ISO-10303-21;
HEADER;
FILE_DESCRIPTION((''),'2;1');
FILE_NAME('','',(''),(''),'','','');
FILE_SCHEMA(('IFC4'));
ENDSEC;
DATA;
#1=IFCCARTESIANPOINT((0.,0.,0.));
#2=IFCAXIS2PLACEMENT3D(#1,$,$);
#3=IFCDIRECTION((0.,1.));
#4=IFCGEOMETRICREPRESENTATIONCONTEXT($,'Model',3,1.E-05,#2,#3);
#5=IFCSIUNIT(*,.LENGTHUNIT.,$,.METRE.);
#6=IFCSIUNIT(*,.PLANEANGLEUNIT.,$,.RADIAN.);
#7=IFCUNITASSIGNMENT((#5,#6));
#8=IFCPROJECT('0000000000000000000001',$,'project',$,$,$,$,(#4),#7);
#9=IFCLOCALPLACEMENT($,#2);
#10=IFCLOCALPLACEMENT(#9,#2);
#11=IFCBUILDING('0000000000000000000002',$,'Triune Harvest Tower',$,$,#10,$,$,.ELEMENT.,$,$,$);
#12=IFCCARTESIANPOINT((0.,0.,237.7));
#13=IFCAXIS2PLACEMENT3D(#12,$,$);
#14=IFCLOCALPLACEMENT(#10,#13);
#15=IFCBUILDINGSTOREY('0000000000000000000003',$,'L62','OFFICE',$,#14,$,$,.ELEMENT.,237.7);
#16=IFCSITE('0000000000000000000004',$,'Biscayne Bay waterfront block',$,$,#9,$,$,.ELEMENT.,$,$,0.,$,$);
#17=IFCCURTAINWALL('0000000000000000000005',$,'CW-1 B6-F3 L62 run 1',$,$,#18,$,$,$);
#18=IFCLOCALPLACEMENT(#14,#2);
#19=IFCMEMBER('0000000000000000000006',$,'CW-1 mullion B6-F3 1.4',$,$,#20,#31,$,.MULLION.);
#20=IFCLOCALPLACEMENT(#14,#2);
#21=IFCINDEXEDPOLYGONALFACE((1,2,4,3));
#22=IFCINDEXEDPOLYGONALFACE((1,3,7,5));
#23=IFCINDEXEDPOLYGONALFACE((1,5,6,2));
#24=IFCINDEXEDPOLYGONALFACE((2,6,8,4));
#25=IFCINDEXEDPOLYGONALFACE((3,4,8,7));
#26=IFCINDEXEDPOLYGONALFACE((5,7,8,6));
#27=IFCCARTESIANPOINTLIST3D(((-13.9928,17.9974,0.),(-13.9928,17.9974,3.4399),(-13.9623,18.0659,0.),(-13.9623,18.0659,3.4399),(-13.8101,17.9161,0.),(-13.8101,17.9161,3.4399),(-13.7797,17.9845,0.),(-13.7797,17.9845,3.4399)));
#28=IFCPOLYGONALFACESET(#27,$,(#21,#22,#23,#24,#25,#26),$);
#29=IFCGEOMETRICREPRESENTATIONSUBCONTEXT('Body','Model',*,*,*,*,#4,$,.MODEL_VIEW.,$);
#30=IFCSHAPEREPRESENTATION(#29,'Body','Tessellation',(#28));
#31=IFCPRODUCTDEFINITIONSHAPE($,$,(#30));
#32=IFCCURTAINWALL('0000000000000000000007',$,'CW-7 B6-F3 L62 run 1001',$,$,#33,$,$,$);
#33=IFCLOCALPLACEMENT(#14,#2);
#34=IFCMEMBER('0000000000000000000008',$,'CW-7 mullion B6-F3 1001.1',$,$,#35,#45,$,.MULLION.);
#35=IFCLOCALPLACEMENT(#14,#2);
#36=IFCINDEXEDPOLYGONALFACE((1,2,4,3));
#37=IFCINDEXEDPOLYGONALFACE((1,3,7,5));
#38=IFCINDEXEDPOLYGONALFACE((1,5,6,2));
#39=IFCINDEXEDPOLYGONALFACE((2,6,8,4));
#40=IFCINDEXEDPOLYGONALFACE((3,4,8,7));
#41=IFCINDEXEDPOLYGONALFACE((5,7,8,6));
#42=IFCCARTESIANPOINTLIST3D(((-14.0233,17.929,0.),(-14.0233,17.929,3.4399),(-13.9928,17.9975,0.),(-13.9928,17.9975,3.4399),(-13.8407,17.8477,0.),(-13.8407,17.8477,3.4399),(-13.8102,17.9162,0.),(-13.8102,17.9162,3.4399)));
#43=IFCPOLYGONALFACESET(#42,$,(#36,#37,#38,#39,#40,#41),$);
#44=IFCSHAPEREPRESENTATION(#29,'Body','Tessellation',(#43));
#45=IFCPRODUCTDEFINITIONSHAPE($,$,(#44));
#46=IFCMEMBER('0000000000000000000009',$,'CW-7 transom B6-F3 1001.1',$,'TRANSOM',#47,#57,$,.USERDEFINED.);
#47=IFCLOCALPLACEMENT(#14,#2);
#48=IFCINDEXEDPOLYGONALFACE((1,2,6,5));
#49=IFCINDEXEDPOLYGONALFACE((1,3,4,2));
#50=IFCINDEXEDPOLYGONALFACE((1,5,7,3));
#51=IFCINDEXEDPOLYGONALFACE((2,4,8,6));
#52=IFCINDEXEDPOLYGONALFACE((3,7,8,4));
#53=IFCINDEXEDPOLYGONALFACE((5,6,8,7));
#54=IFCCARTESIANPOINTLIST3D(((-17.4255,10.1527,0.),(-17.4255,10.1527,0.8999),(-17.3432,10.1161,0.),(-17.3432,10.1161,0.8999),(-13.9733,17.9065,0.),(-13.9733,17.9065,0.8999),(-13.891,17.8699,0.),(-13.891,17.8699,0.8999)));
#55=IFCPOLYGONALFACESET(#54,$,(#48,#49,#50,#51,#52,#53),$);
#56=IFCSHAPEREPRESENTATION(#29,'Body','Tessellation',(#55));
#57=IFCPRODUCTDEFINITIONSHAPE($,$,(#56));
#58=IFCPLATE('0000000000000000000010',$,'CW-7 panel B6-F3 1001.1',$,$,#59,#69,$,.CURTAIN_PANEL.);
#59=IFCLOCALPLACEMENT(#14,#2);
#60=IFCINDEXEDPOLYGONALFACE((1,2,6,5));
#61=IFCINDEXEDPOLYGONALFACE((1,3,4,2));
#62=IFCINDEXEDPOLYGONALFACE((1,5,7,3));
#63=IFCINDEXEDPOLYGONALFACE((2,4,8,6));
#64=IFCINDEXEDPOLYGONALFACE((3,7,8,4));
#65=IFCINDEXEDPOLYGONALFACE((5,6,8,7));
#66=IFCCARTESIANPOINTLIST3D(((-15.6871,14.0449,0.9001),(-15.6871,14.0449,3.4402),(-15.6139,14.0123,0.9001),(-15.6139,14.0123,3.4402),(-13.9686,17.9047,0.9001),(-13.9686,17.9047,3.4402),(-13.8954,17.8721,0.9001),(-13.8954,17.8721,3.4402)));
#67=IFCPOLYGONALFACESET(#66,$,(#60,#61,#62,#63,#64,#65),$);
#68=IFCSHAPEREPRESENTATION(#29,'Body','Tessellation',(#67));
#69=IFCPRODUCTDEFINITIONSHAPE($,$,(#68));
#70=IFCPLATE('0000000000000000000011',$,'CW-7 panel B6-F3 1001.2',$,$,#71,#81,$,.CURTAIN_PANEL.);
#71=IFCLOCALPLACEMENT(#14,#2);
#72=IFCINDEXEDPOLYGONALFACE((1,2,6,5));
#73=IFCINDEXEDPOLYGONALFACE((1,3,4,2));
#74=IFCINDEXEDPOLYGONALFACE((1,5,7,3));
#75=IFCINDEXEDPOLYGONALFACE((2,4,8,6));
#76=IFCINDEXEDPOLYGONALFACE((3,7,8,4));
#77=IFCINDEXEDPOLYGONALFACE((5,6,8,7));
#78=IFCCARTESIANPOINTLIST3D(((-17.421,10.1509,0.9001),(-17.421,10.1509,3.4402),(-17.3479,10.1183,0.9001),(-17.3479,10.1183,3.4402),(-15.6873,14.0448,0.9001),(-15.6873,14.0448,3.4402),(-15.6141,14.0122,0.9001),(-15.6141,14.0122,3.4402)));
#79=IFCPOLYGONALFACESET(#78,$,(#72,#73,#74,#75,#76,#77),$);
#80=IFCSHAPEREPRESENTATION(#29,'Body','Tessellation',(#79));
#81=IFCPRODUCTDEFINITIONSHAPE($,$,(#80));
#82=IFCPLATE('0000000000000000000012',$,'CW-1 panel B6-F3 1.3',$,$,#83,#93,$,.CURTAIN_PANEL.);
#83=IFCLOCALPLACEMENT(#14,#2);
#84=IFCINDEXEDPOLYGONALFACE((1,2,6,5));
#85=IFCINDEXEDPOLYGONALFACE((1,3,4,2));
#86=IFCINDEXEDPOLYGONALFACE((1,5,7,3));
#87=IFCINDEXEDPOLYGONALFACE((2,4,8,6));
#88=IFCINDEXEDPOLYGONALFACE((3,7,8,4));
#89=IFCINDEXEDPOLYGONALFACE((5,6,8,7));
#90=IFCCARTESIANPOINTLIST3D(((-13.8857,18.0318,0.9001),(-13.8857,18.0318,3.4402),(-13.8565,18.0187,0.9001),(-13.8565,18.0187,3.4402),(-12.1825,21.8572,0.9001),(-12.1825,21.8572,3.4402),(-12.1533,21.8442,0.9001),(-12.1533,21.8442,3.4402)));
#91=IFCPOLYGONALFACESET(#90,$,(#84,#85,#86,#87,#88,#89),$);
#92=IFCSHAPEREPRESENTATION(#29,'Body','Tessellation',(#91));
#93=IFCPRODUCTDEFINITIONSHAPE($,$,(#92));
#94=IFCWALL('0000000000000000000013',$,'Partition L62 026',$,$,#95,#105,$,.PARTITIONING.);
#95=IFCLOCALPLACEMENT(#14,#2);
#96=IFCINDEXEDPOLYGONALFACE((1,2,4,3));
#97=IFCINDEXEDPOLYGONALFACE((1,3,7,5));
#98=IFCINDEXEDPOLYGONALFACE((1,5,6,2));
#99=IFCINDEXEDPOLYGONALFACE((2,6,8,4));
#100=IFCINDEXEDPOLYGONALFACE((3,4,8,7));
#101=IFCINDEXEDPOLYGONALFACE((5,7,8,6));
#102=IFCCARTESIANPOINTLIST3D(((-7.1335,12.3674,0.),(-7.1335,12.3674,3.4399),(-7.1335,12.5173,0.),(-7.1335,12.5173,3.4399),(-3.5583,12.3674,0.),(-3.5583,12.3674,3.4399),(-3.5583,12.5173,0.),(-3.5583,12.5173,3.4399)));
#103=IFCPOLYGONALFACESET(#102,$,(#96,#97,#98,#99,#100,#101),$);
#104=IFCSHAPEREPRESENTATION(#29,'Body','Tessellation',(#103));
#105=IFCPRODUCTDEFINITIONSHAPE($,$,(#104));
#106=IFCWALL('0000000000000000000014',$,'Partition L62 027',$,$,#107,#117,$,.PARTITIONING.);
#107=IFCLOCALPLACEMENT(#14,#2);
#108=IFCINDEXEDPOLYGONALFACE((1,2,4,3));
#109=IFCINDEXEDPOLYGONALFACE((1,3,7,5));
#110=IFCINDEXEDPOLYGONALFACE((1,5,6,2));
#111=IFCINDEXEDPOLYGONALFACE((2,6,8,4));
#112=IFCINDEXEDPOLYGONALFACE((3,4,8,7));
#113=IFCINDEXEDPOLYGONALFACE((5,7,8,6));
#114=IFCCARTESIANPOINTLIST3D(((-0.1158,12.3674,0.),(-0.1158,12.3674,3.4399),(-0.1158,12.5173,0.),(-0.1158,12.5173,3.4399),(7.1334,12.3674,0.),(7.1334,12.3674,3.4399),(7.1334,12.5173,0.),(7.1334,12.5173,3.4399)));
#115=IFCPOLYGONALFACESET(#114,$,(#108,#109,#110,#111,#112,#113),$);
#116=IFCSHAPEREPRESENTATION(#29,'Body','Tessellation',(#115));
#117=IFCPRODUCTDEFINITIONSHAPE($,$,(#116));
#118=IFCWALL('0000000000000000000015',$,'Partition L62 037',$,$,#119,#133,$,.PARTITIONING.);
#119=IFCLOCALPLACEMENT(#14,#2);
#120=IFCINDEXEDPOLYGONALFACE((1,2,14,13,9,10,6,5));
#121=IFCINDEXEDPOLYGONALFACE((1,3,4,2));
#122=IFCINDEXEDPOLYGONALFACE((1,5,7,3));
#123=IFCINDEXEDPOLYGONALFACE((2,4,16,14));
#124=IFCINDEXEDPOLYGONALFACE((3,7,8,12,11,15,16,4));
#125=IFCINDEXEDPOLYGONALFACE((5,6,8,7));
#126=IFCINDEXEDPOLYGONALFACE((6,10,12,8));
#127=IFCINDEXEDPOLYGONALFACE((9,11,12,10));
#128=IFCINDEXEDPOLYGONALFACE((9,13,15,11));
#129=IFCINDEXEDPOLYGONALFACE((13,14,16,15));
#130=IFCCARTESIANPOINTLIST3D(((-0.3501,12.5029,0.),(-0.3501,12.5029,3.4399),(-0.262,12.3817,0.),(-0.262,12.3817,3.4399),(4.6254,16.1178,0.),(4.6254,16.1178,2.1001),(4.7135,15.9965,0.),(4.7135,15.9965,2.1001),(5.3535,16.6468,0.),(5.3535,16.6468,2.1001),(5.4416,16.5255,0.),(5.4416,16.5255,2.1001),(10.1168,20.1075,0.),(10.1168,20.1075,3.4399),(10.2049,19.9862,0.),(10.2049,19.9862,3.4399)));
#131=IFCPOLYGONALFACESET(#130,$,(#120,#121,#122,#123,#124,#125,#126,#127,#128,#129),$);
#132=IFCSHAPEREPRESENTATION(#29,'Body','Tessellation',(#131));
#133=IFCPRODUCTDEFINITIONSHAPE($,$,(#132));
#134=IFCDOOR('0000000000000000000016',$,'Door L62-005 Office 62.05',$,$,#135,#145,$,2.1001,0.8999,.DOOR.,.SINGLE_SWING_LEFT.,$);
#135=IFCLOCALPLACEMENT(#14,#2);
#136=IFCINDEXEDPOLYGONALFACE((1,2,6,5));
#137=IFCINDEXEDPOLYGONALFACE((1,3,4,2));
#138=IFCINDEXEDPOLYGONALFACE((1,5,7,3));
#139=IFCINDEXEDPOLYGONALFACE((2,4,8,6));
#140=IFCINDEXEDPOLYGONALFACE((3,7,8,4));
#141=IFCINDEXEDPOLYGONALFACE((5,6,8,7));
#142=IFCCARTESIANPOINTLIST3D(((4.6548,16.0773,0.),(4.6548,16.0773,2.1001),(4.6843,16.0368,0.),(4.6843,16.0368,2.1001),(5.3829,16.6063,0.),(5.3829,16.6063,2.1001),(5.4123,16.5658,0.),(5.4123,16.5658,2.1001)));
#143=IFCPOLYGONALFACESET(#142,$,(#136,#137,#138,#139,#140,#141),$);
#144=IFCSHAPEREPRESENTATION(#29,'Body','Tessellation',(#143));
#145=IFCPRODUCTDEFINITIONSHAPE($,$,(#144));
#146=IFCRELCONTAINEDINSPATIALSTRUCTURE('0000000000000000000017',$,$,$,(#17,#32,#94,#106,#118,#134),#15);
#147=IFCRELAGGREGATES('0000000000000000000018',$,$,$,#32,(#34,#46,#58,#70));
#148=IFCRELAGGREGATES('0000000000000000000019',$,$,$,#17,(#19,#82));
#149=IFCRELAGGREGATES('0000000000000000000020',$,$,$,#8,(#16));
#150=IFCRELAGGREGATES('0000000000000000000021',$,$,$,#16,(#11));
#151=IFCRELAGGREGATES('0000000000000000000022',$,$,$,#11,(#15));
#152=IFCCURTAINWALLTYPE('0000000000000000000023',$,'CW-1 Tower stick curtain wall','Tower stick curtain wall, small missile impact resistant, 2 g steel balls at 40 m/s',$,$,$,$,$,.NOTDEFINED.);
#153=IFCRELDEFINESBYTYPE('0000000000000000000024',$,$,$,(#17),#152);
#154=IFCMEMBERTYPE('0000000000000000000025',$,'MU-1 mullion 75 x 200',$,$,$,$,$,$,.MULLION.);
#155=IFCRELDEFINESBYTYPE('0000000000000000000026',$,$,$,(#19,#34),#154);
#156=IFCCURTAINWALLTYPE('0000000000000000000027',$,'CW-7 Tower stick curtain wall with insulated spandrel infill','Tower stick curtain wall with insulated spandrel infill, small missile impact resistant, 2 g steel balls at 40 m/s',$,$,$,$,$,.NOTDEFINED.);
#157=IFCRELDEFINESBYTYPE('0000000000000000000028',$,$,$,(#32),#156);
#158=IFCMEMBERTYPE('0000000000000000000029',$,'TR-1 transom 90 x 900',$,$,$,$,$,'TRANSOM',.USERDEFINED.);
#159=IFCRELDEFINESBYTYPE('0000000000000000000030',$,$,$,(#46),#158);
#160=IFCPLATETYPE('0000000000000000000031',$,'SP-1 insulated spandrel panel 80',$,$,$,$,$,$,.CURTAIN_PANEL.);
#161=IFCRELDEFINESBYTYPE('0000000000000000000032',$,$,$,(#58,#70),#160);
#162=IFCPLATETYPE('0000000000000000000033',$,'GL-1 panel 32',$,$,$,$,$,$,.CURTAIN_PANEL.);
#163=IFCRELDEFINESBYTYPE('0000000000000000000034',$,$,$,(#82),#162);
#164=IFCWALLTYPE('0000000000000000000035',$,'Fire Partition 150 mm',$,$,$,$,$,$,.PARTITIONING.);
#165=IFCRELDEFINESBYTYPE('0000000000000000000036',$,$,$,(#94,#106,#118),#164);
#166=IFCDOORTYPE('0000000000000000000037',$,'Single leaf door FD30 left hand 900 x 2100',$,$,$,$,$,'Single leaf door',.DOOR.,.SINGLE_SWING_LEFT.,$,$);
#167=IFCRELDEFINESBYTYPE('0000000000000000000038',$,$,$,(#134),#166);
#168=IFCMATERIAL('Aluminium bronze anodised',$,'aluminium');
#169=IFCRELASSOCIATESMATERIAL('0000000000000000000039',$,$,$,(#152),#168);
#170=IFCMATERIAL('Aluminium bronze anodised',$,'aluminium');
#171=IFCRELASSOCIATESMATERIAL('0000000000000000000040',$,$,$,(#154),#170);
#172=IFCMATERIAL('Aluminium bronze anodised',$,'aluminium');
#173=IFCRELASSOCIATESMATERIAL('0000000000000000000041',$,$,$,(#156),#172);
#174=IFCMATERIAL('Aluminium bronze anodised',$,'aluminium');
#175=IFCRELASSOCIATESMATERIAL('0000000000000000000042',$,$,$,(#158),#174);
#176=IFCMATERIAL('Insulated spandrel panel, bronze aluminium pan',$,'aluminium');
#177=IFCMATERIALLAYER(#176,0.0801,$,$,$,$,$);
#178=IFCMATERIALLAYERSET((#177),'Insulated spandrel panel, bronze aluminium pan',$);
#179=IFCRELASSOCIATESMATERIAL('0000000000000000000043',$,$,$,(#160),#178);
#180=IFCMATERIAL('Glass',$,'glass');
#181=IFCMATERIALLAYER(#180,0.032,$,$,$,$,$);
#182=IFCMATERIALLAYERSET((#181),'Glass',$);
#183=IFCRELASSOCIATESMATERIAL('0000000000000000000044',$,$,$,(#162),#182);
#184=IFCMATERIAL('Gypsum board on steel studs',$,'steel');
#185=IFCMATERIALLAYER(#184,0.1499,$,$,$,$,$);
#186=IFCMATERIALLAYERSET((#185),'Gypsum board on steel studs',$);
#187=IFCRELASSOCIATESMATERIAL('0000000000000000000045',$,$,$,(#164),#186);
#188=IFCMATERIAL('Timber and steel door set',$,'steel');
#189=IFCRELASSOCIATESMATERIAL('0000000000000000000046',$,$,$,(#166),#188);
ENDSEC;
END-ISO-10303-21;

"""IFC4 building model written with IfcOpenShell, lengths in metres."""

from ifc_helpers import new_model, si_unit, direction, frame, frame_2d, origin, origin_2d, place, context, subcontext, project, spatial, rectangle, extrude, source, transform, mapped, material, layer, layer_set, material_profile, profile_set, type_object, element, fill, aggregate, save


model = new_model("IFC4")

# Units and contexts
model_context = context("Model", 3, precision=1e-05, world=origin(), true_north=direction((0.0, 1.0)))
body_context = subcontext(model_context, "Body", "Model", "MODEL_VIEW")
ifc_project = project(units=[si_unit("LENGTHUNIT", "METRE"), si_unit("PLANEANGLEUNIT", "RADIAN")], contexts=[model_context])

# Site, building, storey
site_placement = place(None, origin())
site = spatial("IfcSite", under=ifc_project, at=site_placement, Name="Biscayne Bay waterfront block", CompositionType="ELEMENT", RefElevation=0.0)
building_placement = place(site_placement, origin())
building = spatial("IfcBuilding", under=site, at=building_placement, Name="Triune Harvest Tower", CompositionType="ELEMENT")
storey_placement = place(building_placement, frame((0.0, 0.0, 237.7)))
storey = spatial("IfcBuildingStorey", under=building, at=storey_placement, Name="L62", Description="OFFICE", CompositionType="ELEMENT", Elevation=237.7)

# Curtain wall, member
ifc_material_1 = material(Name="Aluminium bronze anodised", Category="aluminium")
curtain_wall_type_1 = type_object("IfcCurtainWallType", Name="CW-1 Tower stick curtain wall", Description="Tower stick curtain wall, small missile impact resistant, 2 g steel balls at 40 m/s", PredefinedType="NOTDEFINED", material=ifc_material_1)
curtain_wall_1_placement = place(storey_placement, origin())
curtain_wall_1 = element("IfcCurtainWall", 1, at=curtain_wall_1_placement, inside=storey, type_object=curtain_wall_type_1, Name="CW-1 B6-F3 L62 run 1")
ifc_material_2 = material(Name="Aluminium bronze anodised", Category="aluminium")
ifc_material_profile_1 = material_profile(ifc_material_2, rectangle(XDim=0.2, YDim=0.075, at=origin_2d()), Name="MU-1 mullion 75 x 200")
ifc_profile_set_1 = profile_set([ifc_material_profile_1], Name="Aluminium bronze anodised")
member_type_1 = type_object("IfcMemberType", Name="MU-1 mullion 75 x 200", PredefinedType="MULLION", material=ifc_profile_set_1)
shared_shape_1 = source(origin(), body_context, "Body", "SweptSolid", [
    extrude(rectangle(XDim=0.2, YDim=0.075, at=origin_2d()), origin(), (0.0, 0.0, 1.0), 3.4399),
])
member_1_placement = place(storey_placement, frame((-13.8862, 17.991, 0.0), z_axis=(0.0, 0.0, 1.0), x_axis=(0.913546, -0.406735, 0.0)))
member_1 = element("IfcMember", 2, at=member_1_placement, type_object=member_type_1, Name="CW-1 mullion B6-F3 1.4", PredefinedType="MULLION", context=body_context, shape_type="MappedRepresentation", body=[
    mapped(shared_shape_1, transform((0.0, 0.0, 0.0), scale=1.0)),
])

# Curtain wall, members, plates
ifc_material_3 = material(Name="Aluminium bronze anodised", Category="aluminium")
curtain_wall_type_2 = type_object("IfcCurtainWallType", Name="CW-7 Tower stick curtain wall with insulated spandrel infill", Description="Tower stick curtain wall with insulated spandrel infill, small missile impact resistant, 2 g steel balls at 40 m/s", PredefinedType="NOTDEFINED", material=ifc_material_3)
curtain_wall_2_placement = place(storey_placement, origin())
curtain_wall_2 = element("IfcCurtainWall", 3, at=curtain_wall_2_placement, inside=storey, type_object=curtain_wall_type_2, Name="CW-7 B6-F3 L62 run 1001")
member_2_placement = place(storey_placement, frame((-13.9167, 17.9226, 0.0), z_axis=(0.0, 0.0, 1.0), x_axis=(0.913543, -0.406742, 0.0)))
member_2 = element("IfcMember", 4, at=member_2_placement, type_object=member_type_1, Name="CW-7 mullion B6-F3 1001.1", PredefinedType="MULLION", context=body_context, shape_type="MappedRepresentation", body=[
    mapped(shared_shape_1, transform((0.0, 0.0, 0.0), scale=1.0)),
])
ifc_material_4 = material(Name="Aluminium bronze anodised", Category="aluminium")
ifc_material_profile_2 = material_profile(ifc_material_4, rectangle(XDim=0.0901, YDim=0.8999, at=origin_2d()), Name="TR-1 transom 90 x 900")
ifc_profile_set_2 = profile_set([ifc_material_profile_2], Name="Aluminium bronze anodised")
member_type_2 = type_object("IfcMemberType", Name="TR-1 transom 90 x 900", ElementType="TRANSOM", PredefinedType="USERDEFINED", material=ifc_profile_set_2)
shared_shape_2 = source(origin(), body_context, "Body", "SweptSolid", [
    extrude(rectangle(XDim=0.0901, YDim=0.8999, at=origin_2d()), origin(), (0.0, 0.0, 1.0), 8.4875),
])
member_3_placement = place(storey_placement, frame((-13.9321, 17.8882, 0.45), z_axis=(-0.406736, -0.913546, 0.0), x_axis=(0.913546, -0.406736, 0.0)))
member_3 = element("IfcMember", 5, at=member_3_placement, type_object=member_type_2, Name="CW-7 transom B6-F3 1001.1", ObjectType="TRANSOM", PredefinedType="USERDEFINED", context=body_context, shape_type="MappedRepresentation", body=[
    mapped(shared_shape_2, transform((0.0, 0.0, 0.0), scale=1.0)),
])
ifc_material_5 = material(Name="Insulated spandrel panel, bronze aluminium pan", Category="aluminium")
ifc_layer_1 = layer(ifc_material_5, 0.0801)
ifc_layer_set_1 = layer_set([ifc_layer_1], Name="Insulated spandrel panel, bronze aluminium pan")
plate_type_1 = type_object("IfcPlateType", Name="SP-1 insulated spandrel panel 80", PredefinedType="CURTAIN_PANEL", material=ifc_layer_set_1)
shared_shape_3 = source(origin(), body_context, "Body", "SweptSolid", [
    extrude(rectangle(XDim=4.2251, YDim=0.0801, at=origin_2d()), origin(), (0.0, 0.0, 1.0), 2.54),
])
plate_1_placement = place(storey_placement, frame((-14.7913, 15.9585, 0.9001), z_axis=(0.0, 0.0, 1.0), x_axis=(-0.406742, -0.913543, 0.0)))
plate_1 = element("IfcPlate", 6, at=plate_1_placement, type_object=plate_type_1, Name="CW-7 panel B6-F3 1001.1", PredefinedType="CURTAIN_PANEL", context=body_context, shape_type="MappedRepresentation", body=[
    mapped(shared_shape_3, transform((0.0, 0.0, 0.0), scale=1.0)),
])
shared_shape_4 = source(origin(), body_context, "Body", "SweptSolid", [
    extrude(rectangle(XDim=4.2625, YDim=0.0801, at=origin_2d()), origin(), (0.0, 0.0, 1.0), 2.54),
])
plate_2_placement = place(storey_placement, frame((-16.5176, 12.0815, 0.9001), z_axis=(0.0, 0.0, 1.0), x_axis=(-0.406742, -0.913543, 0.0)))
plate_2 = element("IfcPlate", 7, at=plate_2_placement, type_object=plate_type_1, Name="CW-7 panel B6-F3 1001.2", PredefinedType="CURTAIN_PANEL", context=body_context, shape_type="MappedRepresentation", body=[
    mapped(shared_shape_4, transform((0.0, 0.0, 0.0), scale=1.0)),
])
aggregate(curtain_wall_2, [member_2, member_3, plate_1, plate_2])

# Plate
ifc_material_6 = material(Name="Glass", Category="glass")
ifc_layer_2 = layer(ifc_material_6, 0.032)
ifc_layer_set_2 = layer_set([ifc_layer_2], Name="Glass")
plate_type_2 = type_object("IfcPlateType", Name="GL-1 panel 32", PredefinedType="CURTAIN_PANEL", material=ifc_layer_set_2)
shared_shape_5 = source(origin(), body_context, "Body", "SweptSolid", [
    extrude(rectangle(XDim=4.1875, YDim=0.032, at=origin_2d()), origin(), (0.0, 0.0, 1.0), 2.54),
])
plate_3_placement = place(storey_placement, frame((-13.0195, 19.938, 0.9001), z_axis=(0.0, 0.0, 1.0), x_axis=(-0.406735, -0.913546, 0.0)))
plate_3 = element("IfcPlate", 8, at=plate_3_placement, type_object=plate_type_2, Name="CW-1 panel B6-F3 1.3", PredefinedType="CURTAIN_PANEL", context=body_context, shape_type="MappedRepresentation", body=[
    mapped(shared_shape_5, transform((0.0, 0.0, 0.0), scale=1.0)),
])
aggregate(curtain_wall_1, [member_1, plate_3])

# Walls
ifc_material_7 = material(Name="Gypsum board on steel studs", Category="steel")
ifc_layer_3 = layer(ifc_material_7, 0.1499)
ifc_layer_set_3 = layer_set([ifc_layer_3], Name="Gypsum board on steel studs")
wall_type_1 = type_object("IfcWallType", Name="Fire Partition 150 mm", PredefinedType="PARTITIONING", material=ifc_layer_set_3)
wall_1_placement = place(storey_placement, frame((-7.1335, 12.4424, 0.0), z_axis=(0.0, 0.0, 1.0), x_axis=(1.0, 0.0, 0.0)))
element("IfcWall", 9, at=wall_1_placement, inside=storey, type_object=wall_type_1, Name="Partition L62 026", PredefinedType="PARTITIONING", context=body_context, shape_type="SweptSolid", body=[
    extrude(rectangle(XDim=3.5752, YDim=0.1499, at=frame_2d((1.7876, 0.0))), origin(), (0.0, 0.0, 1.0), 3.4399),
])
wall_2_placement = place(storey_placement, frame((-0.1157, 12.4424, 0.0), z_axis=(0.0, 0.0, 1.0), x_axis=(1.0, 0.0, 0.0)))
element("IfcWall", 10, at=wall_2_placement, inside=storey, type_object=wall_type_1, Name="Partition L62 027", PredefinedType="PARTITIONING", context=body_context, shape_type="SweptSolid", body=[
    extrude(rectangle(XDim=7.2493, YDim=0.1499, at=frame_2d((3.6245, 0.0))), origin(), (0.0, 0.0, 1.0), 3.4399),
])

# Wall, opening, door
wall_3_placement = place(storey_placement, frame((-0.3059, 12.4424, 0.0), z_axis=(0.0, 0.0, 1.0), x_axis=(0.80902, 0.587781, 0.0)))
wall_3 = element("IfcWall", 11, at=wall_3_placement, inside=storey, type_object=wall_type_1, Name="Partition L62 037", PredefinedType="PARTITIONING", context=body_context, shape_type="SweptSolid", body=[
    extrude(rectangle(XDim=12.9377, YDim=0.1499, at=frame_2d((6.4688, 0.0))), origin(), (0.0, 0.0, 1.0), 3.4399),
])
opening_1_placement = place(wall_3_placement, frame((6.1499, 0.0, 0.0)))
opening_1 = element("IfcOpeningElement", 12, at=opening_1_placement, cuts=wall_3, PredefinedType="OPENING", context=body_context, shape_type="SweptSolid", body=[
    extrude(rectangle(XDim=0.8999, YDim=2.1001, at=frame_2d((0.45, 1.05))), frame((0.0, 0.085, 0.0), z_axis=(0.0, -1.0, 0.0), x_axis=(1.0, 0.0, 0.0)), (0.0, 0.0, 1.0), 0.1699),
])
ifc_material_8 = material(Name="Timber and steel door set", Category="steel")
door_type_1 = type_object("IfcDoorType", Name="Single leaf door FD30 left hand 900 x 2100", ElementType="Single leaf door", OperationType="SINGLE_SWING_LEFT", PredefinedType="DOOR", material=ifc_material_8)
door_1_placement = place(opening_1_placement, origin())
door_1 = element("IfcDoor", 13, at=door_1_placement, inside=storey, type_object=door_type_1, Name="Door L62-005 Office 62.05", OperationType="SINGLE_SWING_LEFT", OverallHeight=2.1001, OverallWidth=0.8999, PredefinedType="DOOR", context=body_context, shape_type="SweptSolid", body=[
    extrude(rectangle(XDim=0.8999, YDim=2.1001, at=frame_2d((0.45, 1.05))), frame((0.0, 0.0249, 0.0), z_axis=(0.0, -1.0, 0.0), x_axis=(1.0, 0.0, 0.0)), (0.0, 0.0, 1.0), 0.05),
])
fill(opening_1, door_1)

save(model, "model.ifc")
